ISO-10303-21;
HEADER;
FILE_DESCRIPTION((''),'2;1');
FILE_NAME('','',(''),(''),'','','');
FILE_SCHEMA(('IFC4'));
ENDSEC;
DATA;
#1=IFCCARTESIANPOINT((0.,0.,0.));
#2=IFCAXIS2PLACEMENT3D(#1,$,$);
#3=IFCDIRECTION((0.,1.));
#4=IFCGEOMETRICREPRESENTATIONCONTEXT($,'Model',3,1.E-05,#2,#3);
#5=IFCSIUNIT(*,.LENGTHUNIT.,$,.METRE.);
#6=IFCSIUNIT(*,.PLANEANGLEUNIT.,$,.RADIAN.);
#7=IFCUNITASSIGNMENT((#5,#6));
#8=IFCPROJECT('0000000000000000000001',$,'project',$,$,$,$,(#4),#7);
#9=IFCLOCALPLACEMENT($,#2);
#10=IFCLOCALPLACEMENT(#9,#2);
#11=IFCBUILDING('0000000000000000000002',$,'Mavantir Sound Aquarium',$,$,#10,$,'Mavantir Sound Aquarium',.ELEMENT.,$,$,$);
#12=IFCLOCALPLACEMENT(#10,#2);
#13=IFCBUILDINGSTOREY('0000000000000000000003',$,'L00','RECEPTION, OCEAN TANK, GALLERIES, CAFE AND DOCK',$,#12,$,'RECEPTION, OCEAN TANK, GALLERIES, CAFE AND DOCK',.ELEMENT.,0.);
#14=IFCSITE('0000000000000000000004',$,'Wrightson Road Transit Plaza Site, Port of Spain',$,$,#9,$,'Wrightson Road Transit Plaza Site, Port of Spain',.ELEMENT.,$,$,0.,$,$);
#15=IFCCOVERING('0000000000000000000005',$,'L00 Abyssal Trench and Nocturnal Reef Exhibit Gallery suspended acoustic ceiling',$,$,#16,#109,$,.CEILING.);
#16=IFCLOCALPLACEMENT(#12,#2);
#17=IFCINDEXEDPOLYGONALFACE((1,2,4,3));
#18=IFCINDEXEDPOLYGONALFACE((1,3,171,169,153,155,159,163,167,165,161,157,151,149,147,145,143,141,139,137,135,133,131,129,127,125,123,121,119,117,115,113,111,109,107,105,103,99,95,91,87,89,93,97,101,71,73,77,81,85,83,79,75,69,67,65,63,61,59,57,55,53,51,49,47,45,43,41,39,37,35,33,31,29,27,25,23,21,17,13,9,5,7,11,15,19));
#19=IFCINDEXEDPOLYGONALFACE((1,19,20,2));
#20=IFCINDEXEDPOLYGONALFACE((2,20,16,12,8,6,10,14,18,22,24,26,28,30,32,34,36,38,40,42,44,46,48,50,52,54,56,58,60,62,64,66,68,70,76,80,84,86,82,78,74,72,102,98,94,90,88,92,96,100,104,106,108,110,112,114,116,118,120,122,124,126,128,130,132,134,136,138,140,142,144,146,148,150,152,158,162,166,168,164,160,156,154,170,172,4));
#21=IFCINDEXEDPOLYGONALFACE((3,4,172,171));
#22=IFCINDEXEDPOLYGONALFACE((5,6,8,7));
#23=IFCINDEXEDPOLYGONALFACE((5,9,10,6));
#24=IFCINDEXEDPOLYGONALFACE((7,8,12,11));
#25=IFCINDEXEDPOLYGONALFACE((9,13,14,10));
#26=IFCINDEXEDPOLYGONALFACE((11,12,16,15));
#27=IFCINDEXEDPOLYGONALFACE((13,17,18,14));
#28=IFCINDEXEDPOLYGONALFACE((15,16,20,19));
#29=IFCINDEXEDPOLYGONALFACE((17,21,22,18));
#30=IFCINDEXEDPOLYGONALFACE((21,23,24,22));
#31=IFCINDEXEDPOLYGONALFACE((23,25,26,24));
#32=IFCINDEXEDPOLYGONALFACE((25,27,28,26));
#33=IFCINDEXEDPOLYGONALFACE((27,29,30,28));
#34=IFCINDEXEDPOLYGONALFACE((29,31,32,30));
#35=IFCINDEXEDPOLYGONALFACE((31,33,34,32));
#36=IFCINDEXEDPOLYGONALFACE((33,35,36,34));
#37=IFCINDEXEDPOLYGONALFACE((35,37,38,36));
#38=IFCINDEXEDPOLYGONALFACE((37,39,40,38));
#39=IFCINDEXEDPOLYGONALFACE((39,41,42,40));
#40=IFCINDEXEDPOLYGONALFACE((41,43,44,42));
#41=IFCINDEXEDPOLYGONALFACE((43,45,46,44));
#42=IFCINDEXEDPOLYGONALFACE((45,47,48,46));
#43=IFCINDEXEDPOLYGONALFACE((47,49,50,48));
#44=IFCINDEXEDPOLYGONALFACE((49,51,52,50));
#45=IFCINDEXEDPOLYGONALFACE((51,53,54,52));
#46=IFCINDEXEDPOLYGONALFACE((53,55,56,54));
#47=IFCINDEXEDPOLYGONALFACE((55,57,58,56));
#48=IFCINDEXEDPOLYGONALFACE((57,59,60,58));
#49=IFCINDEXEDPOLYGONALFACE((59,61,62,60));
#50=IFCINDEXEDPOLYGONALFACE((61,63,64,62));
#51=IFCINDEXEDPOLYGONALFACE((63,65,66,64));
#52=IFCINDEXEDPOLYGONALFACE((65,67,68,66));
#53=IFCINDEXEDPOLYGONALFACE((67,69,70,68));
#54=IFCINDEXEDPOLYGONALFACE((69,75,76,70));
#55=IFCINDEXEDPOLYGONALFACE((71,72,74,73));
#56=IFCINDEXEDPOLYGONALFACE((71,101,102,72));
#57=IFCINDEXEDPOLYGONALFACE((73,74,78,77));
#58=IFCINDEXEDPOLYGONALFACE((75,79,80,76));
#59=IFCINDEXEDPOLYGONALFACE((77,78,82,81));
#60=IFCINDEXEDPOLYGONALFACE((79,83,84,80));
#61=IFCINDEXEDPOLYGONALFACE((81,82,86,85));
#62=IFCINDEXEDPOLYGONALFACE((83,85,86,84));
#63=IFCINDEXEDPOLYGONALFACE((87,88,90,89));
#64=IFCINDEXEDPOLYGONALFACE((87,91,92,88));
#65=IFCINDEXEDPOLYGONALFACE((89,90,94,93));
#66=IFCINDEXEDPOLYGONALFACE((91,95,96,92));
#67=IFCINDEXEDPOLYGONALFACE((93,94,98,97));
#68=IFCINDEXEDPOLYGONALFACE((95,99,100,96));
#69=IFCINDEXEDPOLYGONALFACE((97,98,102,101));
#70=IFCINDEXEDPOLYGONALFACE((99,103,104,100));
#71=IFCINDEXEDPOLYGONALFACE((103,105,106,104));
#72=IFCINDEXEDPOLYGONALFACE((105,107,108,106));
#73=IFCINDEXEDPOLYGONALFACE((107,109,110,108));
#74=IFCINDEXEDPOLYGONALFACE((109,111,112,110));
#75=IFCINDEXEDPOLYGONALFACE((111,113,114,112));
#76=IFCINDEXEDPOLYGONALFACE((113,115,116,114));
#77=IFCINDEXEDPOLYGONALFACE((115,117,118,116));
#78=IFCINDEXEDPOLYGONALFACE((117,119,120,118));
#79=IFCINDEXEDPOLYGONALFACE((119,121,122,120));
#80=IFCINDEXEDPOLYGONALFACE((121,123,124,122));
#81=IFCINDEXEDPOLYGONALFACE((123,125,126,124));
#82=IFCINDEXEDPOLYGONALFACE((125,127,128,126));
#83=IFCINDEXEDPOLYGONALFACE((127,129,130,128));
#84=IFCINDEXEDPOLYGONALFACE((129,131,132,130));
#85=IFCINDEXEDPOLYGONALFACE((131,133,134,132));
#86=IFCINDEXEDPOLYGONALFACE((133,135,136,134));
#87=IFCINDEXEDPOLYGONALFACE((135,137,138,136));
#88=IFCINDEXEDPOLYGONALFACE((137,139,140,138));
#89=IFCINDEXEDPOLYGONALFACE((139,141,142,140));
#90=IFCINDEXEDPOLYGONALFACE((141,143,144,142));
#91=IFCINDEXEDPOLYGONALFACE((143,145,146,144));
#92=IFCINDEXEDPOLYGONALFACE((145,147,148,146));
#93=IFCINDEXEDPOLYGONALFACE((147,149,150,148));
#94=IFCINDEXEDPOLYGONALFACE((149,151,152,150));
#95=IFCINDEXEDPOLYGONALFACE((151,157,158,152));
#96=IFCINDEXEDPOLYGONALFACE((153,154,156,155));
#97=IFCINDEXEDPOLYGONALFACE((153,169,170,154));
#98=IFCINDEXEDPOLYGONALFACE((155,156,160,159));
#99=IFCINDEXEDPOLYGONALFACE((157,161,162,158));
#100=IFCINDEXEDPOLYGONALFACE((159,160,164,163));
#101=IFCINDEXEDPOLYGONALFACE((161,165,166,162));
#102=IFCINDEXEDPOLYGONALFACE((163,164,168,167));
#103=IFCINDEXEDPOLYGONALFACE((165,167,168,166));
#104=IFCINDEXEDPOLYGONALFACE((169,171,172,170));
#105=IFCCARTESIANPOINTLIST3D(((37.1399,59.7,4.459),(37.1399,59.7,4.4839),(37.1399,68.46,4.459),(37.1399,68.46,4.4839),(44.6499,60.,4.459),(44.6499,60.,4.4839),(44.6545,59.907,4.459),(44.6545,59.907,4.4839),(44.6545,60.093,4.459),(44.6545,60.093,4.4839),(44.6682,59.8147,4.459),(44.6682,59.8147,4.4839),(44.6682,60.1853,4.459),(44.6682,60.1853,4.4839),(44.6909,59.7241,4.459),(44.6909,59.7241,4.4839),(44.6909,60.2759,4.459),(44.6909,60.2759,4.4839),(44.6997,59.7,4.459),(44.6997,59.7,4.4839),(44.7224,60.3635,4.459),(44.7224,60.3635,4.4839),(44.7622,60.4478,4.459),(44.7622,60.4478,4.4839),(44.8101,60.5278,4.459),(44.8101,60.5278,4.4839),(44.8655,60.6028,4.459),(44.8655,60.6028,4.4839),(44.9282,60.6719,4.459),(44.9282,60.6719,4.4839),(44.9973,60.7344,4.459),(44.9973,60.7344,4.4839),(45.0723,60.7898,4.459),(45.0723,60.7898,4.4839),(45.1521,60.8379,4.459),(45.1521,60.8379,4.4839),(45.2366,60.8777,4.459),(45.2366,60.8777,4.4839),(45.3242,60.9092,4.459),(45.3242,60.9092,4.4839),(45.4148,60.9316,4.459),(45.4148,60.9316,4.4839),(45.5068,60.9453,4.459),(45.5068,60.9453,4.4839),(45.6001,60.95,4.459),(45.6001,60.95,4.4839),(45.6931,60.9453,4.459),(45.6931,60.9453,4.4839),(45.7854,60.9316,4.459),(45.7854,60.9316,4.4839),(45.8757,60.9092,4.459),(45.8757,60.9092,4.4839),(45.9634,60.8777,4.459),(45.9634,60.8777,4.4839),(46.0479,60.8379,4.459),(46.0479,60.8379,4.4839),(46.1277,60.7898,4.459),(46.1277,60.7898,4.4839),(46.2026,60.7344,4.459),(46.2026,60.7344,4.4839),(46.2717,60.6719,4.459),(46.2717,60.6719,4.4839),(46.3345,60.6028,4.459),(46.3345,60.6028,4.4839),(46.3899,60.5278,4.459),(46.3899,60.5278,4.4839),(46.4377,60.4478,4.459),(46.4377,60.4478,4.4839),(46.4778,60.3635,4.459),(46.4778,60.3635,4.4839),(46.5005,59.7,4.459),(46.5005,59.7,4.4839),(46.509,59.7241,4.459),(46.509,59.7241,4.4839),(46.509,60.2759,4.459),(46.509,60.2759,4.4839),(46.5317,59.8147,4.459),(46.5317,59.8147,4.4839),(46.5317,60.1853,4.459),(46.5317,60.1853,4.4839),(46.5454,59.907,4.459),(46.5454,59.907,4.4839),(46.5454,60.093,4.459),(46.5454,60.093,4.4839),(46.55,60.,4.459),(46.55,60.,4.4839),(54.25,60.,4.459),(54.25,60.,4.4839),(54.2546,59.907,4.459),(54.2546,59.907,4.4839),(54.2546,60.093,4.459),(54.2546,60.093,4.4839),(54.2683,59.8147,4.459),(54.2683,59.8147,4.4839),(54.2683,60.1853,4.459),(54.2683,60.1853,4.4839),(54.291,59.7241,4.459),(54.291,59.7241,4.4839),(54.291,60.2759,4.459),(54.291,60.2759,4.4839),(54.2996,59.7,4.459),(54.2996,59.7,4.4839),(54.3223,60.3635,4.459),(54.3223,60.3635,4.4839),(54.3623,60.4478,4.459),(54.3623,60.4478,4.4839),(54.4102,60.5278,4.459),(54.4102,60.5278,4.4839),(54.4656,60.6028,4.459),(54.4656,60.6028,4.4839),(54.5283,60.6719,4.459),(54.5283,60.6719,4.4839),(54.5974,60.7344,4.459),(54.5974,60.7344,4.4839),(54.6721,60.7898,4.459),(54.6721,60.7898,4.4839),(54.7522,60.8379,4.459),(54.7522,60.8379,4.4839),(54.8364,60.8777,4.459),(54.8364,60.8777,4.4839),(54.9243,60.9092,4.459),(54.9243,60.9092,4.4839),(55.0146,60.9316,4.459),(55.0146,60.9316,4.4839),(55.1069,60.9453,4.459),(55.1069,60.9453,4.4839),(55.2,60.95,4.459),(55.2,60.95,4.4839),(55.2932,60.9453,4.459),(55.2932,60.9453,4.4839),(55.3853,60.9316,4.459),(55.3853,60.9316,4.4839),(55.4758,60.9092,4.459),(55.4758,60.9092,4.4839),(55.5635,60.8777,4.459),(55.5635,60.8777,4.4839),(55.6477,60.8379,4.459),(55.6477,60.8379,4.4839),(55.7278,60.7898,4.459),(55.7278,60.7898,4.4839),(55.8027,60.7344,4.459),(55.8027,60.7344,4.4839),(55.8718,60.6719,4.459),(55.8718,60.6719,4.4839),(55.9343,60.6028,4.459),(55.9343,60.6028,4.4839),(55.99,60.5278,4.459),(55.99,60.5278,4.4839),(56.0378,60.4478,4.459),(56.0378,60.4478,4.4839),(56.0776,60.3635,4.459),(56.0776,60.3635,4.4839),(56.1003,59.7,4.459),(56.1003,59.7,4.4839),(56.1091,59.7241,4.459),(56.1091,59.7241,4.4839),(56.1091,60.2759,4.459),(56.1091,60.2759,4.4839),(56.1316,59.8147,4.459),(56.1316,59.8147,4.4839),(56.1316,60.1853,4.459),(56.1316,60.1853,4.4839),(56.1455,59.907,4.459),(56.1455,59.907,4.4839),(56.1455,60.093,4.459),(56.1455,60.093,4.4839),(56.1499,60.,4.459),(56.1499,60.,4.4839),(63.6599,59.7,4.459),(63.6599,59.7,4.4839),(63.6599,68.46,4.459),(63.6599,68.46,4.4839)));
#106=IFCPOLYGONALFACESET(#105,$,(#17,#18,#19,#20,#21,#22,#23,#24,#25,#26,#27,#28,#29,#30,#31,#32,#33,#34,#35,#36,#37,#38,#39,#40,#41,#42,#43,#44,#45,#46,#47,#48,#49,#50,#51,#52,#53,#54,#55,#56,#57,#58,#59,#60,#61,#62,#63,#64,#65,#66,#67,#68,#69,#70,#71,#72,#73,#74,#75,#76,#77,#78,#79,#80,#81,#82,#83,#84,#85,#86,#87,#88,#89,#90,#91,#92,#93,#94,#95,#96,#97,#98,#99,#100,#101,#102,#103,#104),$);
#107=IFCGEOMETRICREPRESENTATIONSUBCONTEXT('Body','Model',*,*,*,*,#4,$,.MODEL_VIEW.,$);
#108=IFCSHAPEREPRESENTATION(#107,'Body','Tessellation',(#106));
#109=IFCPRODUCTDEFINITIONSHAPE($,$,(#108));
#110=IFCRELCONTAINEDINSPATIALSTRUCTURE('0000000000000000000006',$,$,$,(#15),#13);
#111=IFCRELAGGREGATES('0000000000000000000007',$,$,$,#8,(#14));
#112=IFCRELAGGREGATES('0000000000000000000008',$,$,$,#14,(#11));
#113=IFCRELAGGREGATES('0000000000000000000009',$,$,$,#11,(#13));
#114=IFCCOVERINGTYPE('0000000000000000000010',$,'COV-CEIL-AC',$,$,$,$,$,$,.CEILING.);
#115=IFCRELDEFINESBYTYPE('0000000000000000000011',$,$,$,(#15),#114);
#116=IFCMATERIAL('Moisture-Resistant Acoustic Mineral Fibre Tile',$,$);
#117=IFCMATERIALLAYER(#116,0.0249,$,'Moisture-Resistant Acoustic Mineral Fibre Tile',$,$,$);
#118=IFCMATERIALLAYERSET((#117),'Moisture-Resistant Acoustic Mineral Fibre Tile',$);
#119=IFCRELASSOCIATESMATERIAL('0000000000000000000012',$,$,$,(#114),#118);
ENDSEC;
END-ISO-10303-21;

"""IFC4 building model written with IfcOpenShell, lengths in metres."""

from ifc_helpers import new_model, si_unit, direction, frame, origin, place, context, subcontext, project, spatial, polyline, outline, extrude, material, layer, layer_set, type_object, element, save


model = new_model("IFC4")

# Units and contexts
model_context = context("Model", 3, precision=1e-05, world=origin(), true_north=direction((0.0, 1.0)))
body_context = subcontext(model_context, "Body", "Model", "MODEL_VIEW")
ifc_project = project(units=[si_unit("LENGTHUNIT", "METRE"), si_unit("PLANEANGLEUNIT", "RADIAN")], contexts=[model_context])

# Site, building, storey
site_placement = place(None, origin())
site = spatial("IfcSite", under=ifc_project, at=site_placement, Name="Wrightson Road Transit Plaza Site, Port of Spain", LongName="Wrightson Road Transit Plaza Site, Port of Spain", CompositionType="ELEMENT", RefElevation=0.0)
building_placement = place(site_placement, origin())
building = spatial("IfcBuilding", under=site, at=building_placement, Name="Mavantir Sound Aquarium", LongName="Mavantir Sound Aquarium", CompositionType="ELEMENT")
storey_placement = place(building_placement, origin())
storey = spatial("IfcBuildingStorey", under=building, at=storey_placement, Name="L00", Description="RECEPTION, OCEAN TANK, GALLERIES, CAFE AND DOCK", LongName="RECEPTION, OCEAN TANK, GALLERIES, CAFE AND DOCK", CompositionType="ELEMENT", Elevation=0.0)

# Covering
ifc_material_1 = material(Name="Moisture-Resistant Acoustic Mineral Fibre Tile")
ifc_layer_1 = layer(ifc_material_1, 0.0249, Name="Moisture-Resistant Acoustic Mineral Fibre Tile")
ifc_layer_set_1 = layer_set([ifc_layer_1], Name="Moisture-Resistant Acoustic Mineral Fibre Tile")
covering_type_1 = type_object("IfcCoveringType", Name="COV-CEIL-AC", PredefinedType="CEILING", material=ifc_layer_set_1)
covering_1_placement = place(storey_placement, frame((0.0, 0.0, 4.459)))
element("IfcCovering", 1, at=covering_1_placement, inside=storey, type_object=covering_type_1, Name="L00 Abyssal Trench and Nocturnal Reef Exhibit Gallery suspended acoustic ceiling", PredefinedType="CEILING", context=body_context, shape_type="SweptSolid", body=[
    extrude(outline(polyline([(63.6599, 68.46), (63.6599, 59.7), (56.1003, 59.7), (56.1091, 59.7241), (56.1316, 59.8147), (56.1455, 59.907), (56.1499, 60.0), (56.1455, 60.093), (56.1316, 60.1853), (56.1091, 60.2759), (56.0776, 60.3635), (56.0378, 60.4478), (55.99, 60.5278), (55.9343, 60.6028), (55.8718, 60.6719), (55.8027, 60.7344), (55.7278, 60.7898), (55.6477, 60.8379), (55.5635, 60.8777), (55.4758, 60.9092), (55.3853, 60.9316), (55.2932, 60.9453), (55.2, 60.95), (55.1069, 60.9453), (55.0146, 60.9316), (54.9243, 60.9092), (54.8364, 60.8777), (54.7522, 60.8379), (54.6721, 60.7898), (54.5974, 60.7344), (54.5283, 60.6719), (54.4656, 60.6028), (54.4102, 60.5278), (54.3623, 60.4478), (54.3223, 60.3635), (54.291, 60.2759), (54.2683, 60.1853), (54.2546, 60.093), (54.25, 60.0), (54.2546, 59.907), (54.2683, 59.8147), (54.291, 59.7241), (54.2996, 59.7), (46.5005, 59.7), (46.509, 59.7241), (46.5317, 59.8147), (46.5454, 59.907), (46.55, 60.0), (46.5454, 60.093), (46.5317, 60.1853), (46.509, 60.2759), (46.4778, 60.3635), (46.4377, 60.4478), (46.3899, 60.5278), (46.3345, 60.6028), (46.2717, 60.6719), (46.2026, 60.7344), (46.1277, 60.7898), (46.0479, 60.8379), (45.9634, 60.8777), (45.8757, 60.9092), (45.7854, 60.9316), (45.6931, 60.9453), (45.6001, 60.95), (45.5068, 60.9453), (45.4148, 60.9316), (45.3242, 60.9092), (45.2366, 60.8777), (45.1521, 60.8379), (45.0723, 60.7898), (44.9973, 60.7344), (44.9282, 60.6719), (44.8655, 60.6028), (44.8101, 60.5278), (44.7622, 60.4478), (44.7224, 60.3635), (44.6909, 60.2759), (44.6682, 60.1853), (44.6545, 60.093), (44.6499, 60.0), (44.6545, 59.907), (44.6682, 59.8147), (44.6909, 59.7241), (44.6997, 59.7), (37.1399, 59.7), (37.1399, 68.46), (63.6599, 68.46)])), origin(), (0.0, 0.0, 1.0), 0.0249),
])

save(model, "model.ifc")
